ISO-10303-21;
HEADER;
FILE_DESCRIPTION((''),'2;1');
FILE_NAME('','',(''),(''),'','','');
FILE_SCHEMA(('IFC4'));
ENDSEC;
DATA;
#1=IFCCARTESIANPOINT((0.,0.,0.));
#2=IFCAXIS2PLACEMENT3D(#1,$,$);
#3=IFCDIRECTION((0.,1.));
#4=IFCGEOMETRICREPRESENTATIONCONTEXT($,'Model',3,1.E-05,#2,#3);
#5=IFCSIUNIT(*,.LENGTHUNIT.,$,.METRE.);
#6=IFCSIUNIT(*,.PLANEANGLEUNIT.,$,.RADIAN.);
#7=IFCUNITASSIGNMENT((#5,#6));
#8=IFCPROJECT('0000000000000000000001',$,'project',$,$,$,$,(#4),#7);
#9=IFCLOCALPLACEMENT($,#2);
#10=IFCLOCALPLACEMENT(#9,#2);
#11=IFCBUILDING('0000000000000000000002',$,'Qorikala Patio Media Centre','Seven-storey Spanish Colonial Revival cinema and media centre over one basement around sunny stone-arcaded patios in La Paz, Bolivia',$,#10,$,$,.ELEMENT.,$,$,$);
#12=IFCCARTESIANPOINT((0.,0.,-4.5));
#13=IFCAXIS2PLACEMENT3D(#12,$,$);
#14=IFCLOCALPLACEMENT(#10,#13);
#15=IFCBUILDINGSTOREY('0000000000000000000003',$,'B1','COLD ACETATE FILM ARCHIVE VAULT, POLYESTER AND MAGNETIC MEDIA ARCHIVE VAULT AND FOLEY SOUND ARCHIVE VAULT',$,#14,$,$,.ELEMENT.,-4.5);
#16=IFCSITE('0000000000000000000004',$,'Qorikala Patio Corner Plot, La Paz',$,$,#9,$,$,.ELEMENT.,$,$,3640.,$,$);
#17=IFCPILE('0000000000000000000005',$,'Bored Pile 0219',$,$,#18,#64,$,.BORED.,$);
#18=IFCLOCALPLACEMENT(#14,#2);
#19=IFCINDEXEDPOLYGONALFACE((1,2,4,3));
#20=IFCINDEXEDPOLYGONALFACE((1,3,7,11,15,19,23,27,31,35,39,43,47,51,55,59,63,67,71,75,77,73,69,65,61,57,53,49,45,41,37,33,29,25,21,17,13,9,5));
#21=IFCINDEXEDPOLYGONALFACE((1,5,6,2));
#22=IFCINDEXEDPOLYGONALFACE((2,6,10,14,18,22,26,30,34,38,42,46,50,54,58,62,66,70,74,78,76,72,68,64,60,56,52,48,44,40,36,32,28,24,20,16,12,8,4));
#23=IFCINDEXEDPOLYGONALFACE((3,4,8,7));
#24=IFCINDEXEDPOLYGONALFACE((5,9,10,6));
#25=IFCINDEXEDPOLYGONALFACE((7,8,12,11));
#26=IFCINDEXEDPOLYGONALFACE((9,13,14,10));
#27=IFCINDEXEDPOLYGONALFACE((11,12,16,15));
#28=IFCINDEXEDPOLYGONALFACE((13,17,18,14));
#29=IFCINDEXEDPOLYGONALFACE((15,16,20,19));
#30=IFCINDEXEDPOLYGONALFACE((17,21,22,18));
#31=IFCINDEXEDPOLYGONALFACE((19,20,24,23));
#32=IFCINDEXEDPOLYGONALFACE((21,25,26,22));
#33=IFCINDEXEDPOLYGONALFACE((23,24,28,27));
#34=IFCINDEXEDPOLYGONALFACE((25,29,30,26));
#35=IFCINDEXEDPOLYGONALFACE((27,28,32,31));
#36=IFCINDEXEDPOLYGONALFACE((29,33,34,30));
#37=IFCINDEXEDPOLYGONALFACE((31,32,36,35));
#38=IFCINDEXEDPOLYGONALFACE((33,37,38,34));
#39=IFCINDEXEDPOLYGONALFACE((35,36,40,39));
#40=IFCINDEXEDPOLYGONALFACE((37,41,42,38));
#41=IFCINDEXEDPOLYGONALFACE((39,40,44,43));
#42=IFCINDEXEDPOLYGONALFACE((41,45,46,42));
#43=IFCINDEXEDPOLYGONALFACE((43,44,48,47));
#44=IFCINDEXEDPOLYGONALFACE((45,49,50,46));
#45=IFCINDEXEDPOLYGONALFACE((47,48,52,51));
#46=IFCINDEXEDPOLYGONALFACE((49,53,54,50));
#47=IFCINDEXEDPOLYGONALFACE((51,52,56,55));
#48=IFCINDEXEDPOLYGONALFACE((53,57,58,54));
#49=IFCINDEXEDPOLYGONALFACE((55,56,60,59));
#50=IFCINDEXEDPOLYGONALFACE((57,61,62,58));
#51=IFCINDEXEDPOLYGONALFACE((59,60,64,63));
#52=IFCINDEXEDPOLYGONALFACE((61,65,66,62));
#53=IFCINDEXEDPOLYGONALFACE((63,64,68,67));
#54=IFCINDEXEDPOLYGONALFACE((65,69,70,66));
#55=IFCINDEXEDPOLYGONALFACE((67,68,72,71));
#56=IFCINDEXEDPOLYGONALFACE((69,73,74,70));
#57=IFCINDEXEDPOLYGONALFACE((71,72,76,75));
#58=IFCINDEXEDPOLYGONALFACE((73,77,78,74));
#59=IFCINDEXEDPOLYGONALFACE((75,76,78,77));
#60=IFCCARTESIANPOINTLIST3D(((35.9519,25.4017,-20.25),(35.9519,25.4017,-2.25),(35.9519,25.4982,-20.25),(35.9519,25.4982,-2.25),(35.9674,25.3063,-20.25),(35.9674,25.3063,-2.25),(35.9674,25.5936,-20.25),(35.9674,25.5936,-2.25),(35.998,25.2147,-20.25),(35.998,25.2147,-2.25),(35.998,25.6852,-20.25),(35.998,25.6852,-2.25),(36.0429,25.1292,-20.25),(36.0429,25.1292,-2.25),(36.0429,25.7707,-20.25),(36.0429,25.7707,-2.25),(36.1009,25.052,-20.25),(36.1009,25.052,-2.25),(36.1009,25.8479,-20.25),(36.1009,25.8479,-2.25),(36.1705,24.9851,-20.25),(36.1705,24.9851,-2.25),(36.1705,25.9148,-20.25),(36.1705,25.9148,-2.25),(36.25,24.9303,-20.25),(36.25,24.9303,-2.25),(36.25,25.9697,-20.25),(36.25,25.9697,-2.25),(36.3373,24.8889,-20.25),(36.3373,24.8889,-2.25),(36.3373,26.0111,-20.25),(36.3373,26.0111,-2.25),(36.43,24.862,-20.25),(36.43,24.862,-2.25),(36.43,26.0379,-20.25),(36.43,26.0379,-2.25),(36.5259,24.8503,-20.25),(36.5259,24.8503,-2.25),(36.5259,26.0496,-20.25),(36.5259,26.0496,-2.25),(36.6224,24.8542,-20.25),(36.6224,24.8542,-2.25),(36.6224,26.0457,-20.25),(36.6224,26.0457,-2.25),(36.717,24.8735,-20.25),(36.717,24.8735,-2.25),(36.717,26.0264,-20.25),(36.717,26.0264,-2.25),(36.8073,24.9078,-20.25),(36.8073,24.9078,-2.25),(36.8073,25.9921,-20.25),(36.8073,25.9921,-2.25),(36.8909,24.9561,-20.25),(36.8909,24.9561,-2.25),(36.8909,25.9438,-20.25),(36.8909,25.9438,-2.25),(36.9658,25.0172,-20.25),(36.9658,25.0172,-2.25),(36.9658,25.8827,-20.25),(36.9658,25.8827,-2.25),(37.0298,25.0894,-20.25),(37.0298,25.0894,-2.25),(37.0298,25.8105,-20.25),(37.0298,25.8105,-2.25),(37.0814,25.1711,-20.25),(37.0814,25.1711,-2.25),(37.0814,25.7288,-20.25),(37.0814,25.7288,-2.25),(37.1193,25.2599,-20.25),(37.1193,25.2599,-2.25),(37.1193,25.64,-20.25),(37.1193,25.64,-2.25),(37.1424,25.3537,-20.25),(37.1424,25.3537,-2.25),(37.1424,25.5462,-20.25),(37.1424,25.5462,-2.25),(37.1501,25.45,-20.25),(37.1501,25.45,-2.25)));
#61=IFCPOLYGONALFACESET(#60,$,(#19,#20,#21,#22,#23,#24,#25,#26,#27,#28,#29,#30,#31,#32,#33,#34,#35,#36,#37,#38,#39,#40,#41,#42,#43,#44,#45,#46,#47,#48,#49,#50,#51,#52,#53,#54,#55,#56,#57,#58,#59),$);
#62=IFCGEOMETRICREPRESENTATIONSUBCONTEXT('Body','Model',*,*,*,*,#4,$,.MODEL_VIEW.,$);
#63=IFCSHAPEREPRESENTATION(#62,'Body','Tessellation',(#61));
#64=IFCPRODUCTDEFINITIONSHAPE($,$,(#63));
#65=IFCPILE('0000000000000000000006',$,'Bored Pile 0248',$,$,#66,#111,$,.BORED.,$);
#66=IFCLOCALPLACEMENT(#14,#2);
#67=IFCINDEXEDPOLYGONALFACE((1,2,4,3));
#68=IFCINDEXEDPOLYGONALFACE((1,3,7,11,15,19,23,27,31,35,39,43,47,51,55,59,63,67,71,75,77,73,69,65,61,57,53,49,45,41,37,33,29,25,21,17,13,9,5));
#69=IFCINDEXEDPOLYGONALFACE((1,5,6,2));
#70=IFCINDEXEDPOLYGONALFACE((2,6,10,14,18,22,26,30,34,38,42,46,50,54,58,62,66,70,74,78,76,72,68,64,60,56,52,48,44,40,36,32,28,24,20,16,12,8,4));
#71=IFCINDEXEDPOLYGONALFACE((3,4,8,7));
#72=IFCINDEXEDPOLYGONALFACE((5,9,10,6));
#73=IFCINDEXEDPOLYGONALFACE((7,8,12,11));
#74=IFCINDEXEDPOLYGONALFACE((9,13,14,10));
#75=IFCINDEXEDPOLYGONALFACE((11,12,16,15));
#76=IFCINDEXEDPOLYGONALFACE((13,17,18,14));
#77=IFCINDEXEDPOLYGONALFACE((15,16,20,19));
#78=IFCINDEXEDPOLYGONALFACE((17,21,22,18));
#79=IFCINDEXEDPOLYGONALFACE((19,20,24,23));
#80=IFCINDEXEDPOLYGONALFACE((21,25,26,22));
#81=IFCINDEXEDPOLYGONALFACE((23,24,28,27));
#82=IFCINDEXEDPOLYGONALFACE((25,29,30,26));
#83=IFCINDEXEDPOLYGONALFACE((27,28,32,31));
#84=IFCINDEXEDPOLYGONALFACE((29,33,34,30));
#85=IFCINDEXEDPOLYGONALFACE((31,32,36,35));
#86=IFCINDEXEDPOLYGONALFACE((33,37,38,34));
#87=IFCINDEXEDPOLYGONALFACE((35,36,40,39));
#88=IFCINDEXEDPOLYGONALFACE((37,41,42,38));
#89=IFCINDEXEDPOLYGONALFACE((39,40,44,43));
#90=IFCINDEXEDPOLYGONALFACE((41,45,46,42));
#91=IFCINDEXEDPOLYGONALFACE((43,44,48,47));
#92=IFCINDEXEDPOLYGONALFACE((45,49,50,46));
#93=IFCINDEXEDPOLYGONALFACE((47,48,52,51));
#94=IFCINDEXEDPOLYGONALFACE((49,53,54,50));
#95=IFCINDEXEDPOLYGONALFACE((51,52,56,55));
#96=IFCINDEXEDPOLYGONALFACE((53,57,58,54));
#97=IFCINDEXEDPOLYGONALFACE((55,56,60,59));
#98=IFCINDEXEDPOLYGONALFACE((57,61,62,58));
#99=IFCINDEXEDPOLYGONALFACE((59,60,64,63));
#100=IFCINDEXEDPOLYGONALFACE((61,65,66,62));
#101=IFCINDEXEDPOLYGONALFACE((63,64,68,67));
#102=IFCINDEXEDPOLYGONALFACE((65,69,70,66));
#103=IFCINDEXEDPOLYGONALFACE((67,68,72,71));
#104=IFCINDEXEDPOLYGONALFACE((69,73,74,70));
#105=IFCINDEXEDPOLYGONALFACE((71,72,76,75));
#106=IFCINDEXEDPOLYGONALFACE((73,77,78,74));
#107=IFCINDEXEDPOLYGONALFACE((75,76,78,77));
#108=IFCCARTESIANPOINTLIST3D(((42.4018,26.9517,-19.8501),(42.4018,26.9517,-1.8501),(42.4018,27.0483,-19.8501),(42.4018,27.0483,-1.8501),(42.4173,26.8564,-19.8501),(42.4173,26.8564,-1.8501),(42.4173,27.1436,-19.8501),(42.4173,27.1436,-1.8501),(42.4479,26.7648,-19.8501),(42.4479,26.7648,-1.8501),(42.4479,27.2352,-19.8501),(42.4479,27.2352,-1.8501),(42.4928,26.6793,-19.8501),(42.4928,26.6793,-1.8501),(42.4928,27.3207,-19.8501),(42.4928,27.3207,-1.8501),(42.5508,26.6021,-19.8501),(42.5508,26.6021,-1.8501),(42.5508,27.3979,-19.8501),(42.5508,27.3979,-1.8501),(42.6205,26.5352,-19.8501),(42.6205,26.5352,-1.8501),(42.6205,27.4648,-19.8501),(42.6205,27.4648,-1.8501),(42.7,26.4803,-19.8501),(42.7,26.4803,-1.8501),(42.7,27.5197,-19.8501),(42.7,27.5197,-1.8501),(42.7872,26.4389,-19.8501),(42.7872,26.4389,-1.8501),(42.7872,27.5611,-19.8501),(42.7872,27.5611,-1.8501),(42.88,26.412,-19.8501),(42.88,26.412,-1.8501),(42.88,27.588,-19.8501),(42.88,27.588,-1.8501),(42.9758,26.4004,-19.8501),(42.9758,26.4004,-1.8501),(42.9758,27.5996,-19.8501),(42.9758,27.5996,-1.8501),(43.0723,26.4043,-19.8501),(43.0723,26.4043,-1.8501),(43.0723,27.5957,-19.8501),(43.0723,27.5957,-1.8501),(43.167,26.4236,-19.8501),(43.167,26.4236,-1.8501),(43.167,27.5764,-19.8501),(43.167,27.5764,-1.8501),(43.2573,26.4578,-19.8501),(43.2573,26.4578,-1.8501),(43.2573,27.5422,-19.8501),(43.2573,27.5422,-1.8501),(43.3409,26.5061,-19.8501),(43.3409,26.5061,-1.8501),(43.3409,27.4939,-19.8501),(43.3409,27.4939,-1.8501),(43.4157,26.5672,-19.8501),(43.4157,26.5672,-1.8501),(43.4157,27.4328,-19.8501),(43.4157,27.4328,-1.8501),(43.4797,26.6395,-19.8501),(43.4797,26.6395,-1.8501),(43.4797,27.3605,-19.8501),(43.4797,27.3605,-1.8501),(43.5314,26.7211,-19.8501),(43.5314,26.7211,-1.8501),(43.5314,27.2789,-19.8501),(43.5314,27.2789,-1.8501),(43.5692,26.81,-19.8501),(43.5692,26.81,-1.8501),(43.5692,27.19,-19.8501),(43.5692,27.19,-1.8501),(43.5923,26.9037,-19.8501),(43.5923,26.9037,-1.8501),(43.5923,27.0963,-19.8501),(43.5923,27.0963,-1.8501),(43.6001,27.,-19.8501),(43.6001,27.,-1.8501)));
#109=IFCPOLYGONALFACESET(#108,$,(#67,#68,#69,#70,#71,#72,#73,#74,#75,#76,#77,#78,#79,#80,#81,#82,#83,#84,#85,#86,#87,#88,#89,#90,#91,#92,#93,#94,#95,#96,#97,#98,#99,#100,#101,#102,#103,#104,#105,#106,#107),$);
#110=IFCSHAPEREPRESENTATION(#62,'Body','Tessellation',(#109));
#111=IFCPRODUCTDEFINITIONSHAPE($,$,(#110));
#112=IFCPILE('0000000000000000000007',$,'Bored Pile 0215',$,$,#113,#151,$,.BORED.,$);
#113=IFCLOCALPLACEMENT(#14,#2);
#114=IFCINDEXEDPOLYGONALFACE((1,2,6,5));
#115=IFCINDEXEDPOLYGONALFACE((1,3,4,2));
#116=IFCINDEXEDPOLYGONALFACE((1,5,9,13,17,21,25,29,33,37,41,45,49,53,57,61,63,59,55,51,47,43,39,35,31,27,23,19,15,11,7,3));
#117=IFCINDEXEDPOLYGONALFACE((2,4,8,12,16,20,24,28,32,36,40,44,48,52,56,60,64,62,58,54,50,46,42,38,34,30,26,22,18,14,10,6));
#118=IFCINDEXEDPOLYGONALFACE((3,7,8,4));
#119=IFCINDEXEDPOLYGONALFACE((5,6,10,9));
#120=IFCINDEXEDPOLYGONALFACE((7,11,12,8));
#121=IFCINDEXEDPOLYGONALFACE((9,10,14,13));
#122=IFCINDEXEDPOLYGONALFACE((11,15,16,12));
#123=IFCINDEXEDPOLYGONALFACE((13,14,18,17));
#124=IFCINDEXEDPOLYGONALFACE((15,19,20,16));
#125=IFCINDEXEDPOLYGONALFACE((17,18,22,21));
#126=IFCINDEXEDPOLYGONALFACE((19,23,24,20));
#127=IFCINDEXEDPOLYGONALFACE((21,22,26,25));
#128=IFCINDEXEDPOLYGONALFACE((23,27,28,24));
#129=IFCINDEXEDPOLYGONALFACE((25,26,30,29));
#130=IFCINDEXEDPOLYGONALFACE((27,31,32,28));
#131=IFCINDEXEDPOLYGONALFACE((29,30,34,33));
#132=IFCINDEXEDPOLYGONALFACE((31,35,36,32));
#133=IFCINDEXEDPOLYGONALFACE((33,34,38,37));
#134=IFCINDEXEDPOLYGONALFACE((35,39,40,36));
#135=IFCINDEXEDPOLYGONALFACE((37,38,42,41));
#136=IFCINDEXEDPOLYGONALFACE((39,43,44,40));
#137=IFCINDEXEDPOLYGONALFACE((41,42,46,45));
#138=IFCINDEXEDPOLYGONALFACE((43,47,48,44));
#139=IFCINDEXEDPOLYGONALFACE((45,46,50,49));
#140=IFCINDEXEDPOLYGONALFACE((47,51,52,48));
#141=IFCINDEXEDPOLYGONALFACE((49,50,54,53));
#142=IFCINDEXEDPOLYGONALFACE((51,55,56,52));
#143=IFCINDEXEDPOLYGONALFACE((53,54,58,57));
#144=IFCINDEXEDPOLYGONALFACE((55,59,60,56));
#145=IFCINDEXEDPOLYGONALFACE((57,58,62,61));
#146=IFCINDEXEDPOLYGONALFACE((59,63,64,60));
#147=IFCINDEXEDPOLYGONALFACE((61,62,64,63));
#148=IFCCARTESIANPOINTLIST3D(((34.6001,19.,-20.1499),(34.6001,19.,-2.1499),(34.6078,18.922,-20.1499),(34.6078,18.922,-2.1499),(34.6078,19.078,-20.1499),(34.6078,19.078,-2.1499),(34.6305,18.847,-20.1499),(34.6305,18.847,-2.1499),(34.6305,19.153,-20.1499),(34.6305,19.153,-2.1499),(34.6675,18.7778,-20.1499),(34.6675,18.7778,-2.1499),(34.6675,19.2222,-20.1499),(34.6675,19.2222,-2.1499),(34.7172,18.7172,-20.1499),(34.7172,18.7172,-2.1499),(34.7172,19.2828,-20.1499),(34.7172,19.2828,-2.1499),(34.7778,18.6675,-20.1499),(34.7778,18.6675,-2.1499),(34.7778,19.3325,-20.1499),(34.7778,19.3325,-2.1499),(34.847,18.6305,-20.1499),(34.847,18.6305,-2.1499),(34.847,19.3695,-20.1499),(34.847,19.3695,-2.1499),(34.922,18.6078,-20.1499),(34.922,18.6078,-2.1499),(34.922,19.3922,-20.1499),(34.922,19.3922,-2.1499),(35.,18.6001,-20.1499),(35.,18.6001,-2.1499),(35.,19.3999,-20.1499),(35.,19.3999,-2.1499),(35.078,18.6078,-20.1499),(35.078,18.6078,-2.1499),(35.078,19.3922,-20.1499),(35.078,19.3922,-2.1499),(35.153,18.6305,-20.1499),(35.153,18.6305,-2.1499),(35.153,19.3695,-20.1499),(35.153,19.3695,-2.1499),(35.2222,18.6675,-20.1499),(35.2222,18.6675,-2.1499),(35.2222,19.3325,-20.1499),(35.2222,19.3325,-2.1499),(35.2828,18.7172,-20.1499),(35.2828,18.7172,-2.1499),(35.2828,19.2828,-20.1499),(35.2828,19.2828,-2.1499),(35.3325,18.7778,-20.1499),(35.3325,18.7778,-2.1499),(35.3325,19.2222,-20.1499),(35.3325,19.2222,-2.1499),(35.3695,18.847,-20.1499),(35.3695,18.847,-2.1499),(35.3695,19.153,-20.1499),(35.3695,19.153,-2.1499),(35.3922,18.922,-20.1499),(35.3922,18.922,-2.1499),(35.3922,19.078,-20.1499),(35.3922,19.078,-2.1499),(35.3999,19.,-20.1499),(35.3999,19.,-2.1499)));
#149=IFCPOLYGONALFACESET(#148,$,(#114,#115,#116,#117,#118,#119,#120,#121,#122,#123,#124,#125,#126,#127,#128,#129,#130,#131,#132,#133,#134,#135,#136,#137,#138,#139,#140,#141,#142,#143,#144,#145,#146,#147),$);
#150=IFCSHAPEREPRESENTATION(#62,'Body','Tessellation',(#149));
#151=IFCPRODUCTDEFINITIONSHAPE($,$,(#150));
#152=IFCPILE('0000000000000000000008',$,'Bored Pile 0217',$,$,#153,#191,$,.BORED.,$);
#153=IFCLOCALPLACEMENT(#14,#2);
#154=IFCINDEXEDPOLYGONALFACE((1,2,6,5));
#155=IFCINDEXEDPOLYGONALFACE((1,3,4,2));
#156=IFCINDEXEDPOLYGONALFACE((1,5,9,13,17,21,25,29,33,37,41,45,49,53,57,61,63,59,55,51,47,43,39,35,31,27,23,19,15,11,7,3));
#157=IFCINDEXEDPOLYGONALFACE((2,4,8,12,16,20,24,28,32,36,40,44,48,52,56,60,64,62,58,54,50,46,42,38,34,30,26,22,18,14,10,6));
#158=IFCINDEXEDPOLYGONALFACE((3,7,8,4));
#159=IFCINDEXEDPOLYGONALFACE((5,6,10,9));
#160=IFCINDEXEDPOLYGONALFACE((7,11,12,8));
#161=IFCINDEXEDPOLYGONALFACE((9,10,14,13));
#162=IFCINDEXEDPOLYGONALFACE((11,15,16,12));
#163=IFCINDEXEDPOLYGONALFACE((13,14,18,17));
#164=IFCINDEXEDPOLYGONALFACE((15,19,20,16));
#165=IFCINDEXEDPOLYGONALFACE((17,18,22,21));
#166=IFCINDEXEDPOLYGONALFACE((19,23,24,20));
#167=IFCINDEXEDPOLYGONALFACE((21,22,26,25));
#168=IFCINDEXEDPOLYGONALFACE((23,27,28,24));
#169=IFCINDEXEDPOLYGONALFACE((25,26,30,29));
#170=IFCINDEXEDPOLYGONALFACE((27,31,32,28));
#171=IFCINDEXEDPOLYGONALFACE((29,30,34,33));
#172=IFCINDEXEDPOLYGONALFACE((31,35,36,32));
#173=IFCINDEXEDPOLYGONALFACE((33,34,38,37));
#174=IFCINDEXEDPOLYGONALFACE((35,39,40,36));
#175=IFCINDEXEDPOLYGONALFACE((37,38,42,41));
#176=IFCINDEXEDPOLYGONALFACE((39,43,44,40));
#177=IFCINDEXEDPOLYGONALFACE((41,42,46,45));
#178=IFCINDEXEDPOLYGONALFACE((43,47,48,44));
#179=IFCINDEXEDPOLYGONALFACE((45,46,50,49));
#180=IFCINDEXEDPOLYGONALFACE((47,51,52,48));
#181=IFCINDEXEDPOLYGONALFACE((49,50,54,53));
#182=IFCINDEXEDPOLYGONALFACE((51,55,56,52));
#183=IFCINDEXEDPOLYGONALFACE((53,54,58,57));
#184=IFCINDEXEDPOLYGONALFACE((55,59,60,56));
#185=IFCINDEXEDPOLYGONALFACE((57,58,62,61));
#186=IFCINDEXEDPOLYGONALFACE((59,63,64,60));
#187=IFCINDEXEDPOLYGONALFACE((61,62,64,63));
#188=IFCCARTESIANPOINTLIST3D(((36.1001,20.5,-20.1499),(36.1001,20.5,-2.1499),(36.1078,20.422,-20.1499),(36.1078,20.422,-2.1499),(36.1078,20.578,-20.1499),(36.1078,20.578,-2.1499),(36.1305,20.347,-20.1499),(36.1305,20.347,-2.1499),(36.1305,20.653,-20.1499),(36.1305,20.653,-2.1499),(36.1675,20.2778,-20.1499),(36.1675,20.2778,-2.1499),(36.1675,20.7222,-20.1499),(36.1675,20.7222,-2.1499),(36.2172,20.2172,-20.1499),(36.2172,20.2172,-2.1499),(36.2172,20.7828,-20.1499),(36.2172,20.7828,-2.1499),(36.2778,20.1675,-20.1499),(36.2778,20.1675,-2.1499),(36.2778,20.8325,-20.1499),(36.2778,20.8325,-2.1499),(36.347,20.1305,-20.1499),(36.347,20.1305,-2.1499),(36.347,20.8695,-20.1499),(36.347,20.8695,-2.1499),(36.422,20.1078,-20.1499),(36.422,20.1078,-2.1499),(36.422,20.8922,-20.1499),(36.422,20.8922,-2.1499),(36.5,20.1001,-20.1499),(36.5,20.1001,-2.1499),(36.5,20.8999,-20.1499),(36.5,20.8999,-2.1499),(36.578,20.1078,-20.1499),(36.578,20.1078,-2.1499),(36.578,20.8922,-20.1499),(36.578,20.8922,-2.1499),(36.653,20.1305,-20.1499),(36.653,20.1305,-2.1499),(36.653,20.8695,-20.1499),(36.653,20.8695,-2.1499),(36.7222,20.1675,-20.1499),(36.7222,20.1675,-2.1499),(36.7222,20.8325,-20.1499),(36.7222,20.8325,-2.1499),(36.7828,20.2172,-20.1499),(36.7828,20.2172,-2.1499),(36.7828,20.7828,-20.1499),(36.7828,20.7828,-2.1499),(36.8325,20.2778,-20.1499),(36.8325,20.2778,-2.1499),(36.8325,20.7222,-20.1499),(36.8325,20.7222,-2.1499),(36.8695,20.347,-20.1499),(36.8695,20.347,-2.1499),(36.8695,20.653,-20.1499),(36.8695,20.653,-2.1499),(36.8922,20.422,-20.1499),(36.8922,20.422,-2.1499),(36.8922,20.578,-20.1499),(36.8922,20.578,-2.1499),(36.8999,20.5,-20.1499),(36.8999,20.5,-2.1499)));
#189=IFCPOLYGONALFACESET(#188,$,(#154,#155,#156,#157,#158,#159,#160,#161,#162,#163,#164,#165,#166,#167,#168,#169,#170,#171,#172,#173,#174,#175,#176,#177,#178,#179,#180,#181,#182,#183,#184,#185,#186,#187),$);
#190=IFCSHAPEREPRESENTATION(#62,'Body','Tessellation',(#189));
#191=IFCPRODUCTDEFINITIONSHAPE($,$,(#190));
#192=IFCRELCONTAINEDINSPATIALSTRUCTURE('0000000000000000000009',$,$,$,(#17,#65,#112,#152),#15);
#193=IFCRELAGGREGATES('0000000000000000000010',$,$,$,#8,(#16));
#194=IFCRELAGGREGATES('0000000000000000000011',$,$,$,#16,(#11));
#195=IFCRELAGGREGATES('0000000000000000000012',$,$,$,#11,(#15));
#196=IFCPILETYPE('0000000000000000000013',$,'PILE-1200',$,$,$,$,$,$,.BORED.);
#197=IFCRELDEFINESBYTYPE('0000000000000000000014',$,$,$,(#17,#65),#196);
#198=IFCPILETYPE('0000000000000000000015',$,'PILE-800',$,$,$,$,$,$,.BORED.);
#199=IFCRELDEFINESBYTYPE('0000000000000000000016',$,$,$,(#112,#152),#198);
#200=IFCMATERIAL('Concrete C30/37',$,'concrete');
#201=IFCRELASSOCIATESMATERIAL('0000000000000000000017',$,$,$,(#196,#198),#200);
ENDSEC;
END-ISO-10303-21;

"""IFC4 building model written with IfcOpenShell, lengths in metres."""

from ifc_helpers import new_model, si_unit, direction, frame, origin, origin_2d, place, context, subcontext, project, spatial, circle, extrude, material, material_profile, profile_set, type_object, element, save


model = new_model("IFC4")

# Units and contexts
model_context = context("Model", 3, precision=1e-05, world=origin(), true_north=direction((0.0, 1.0)))
body_context = subcontext(model_context, "Body", "Model", "MODEL_VIEW")
ifc_project = project(units=[si_unit("LENGTHUNIT", "METRE"), si_unit("PLANEANGLEUNIT", "RADIAN")], contexts=[model_context])

# Site, building, storey
site_placement = place(None, origin())
site = spatial("IfcSite", under=ifc_project, at=site_placement, Name="Qorikala Patio Corner Plot, La Paz", CompositionType="ELEMENT", RefElevation=3640.0)
building_placement = place(site_placement, origin())
building = spatial("IfcBuilding", under=site, at=building_placement, Name="Qorikala Patio Media Centre", Description="Seven-storey Spanish Colonial Revival cinema and media centre over one basement around sunny stone-arcaded patios in La Paz, Bolivia", CompositionType="ELEMENT")
storey_placement = place(building_placement, frame((0.0, 0.0, -4.5)))
storey = spatial("IfcBuildingStorey", under=building, at=storey_placement, Name="B1", Description="COLD ACETATE FILM ARCHIVE VAULT, POLYESTER AND MAGNETIC MEDIA ARCHIVE VAULT AND FOLEY SOUND ARCHIVE VAULT", CompositionType="ELEMENT", Elevation=-4.5)

# Shared definitions
ifc_material_1 = material(Name="Concrete C30/37", Category="concrete")

# Piles
ifc_material_profile_1 = material_profile(ifc_material_1, circle(Radius=0.6001, at=origin_2d()), Name="BORED PILE 1200")
ifc_profile_set_1 = profile_set([ifc_material_profile_1], Name="Concrete C30/37")
pile_type_1 = type_object("IfcPileType", Name="PILE-1200", PredefinedType="BORED", material=ifc_profile_set_1)
for number, where, z_axis, x_axis, name in (
    (1, (36.55, 25.45, -2.25), (0.0, 0.0, -1.0), (1.0, 0.0, 0.0), "Bored Pile 0219"),
    (2, (43.0, 27.0, -1.8501), (0.0, 0.0, -1.0), (1.0, 0.0, 0.0), "Bored Pile 0248"),
):
    element("IfcPile", number, at=place(storey_placement, frame(where, z_axis=z_axis, x_axis=x_axis)), inside=storey, type_object=pile_type_1, Name=name, PredefinedType="BORED", context=body_context, shape_type="SweptSolid", body=[
        extrude(circle(Radius=0.6001, at=origin_2d()), origin(), (0.0, 0.0, 1.0), 18.0),
    ])
ifc_material_profile_2 = material_profile(ifc_material_1, circle(Radius=0.3999, at=origin_2d()), Name="BORED PILE 800")
ifc_profile_set_2 = profile_set([ifc_material_profile_2], Name="Concrete C30/37")
pile_type_2 = type_object("IfcPileType", Name="PILE-800", PredefinedType="BORED", material=ifc_profile_set_2)
for number, where, z_axis, x_axis, name in (
    (3, (35.0, 19.0, -2.1499), (0.0, 0.0, -1.0), (1.0, 0.0, 0.0), "Bored Pile 0215"),
    (4, (36.5, 20.5, -2.1499), (0.0, 0.0, -1.0), (1.0, 0.0, 0.0), "Bored Pile 0217"),
):
    element("IfcPile", number, at=place(storey_placement, frame(where, z_axis=z_axis, x_axis=x_axis)), inside=storey, type_object=pile_type_2, Name=name, PredefinedType="BORED", context=body_context, shape_type="SweptSolid", body=[
        extrude(circle(Radius=0.3999, at=origin_2d()), origin(), (0.0, 0.0, 1.0), 18.0),
    ])

save(model, "model.ifc")
